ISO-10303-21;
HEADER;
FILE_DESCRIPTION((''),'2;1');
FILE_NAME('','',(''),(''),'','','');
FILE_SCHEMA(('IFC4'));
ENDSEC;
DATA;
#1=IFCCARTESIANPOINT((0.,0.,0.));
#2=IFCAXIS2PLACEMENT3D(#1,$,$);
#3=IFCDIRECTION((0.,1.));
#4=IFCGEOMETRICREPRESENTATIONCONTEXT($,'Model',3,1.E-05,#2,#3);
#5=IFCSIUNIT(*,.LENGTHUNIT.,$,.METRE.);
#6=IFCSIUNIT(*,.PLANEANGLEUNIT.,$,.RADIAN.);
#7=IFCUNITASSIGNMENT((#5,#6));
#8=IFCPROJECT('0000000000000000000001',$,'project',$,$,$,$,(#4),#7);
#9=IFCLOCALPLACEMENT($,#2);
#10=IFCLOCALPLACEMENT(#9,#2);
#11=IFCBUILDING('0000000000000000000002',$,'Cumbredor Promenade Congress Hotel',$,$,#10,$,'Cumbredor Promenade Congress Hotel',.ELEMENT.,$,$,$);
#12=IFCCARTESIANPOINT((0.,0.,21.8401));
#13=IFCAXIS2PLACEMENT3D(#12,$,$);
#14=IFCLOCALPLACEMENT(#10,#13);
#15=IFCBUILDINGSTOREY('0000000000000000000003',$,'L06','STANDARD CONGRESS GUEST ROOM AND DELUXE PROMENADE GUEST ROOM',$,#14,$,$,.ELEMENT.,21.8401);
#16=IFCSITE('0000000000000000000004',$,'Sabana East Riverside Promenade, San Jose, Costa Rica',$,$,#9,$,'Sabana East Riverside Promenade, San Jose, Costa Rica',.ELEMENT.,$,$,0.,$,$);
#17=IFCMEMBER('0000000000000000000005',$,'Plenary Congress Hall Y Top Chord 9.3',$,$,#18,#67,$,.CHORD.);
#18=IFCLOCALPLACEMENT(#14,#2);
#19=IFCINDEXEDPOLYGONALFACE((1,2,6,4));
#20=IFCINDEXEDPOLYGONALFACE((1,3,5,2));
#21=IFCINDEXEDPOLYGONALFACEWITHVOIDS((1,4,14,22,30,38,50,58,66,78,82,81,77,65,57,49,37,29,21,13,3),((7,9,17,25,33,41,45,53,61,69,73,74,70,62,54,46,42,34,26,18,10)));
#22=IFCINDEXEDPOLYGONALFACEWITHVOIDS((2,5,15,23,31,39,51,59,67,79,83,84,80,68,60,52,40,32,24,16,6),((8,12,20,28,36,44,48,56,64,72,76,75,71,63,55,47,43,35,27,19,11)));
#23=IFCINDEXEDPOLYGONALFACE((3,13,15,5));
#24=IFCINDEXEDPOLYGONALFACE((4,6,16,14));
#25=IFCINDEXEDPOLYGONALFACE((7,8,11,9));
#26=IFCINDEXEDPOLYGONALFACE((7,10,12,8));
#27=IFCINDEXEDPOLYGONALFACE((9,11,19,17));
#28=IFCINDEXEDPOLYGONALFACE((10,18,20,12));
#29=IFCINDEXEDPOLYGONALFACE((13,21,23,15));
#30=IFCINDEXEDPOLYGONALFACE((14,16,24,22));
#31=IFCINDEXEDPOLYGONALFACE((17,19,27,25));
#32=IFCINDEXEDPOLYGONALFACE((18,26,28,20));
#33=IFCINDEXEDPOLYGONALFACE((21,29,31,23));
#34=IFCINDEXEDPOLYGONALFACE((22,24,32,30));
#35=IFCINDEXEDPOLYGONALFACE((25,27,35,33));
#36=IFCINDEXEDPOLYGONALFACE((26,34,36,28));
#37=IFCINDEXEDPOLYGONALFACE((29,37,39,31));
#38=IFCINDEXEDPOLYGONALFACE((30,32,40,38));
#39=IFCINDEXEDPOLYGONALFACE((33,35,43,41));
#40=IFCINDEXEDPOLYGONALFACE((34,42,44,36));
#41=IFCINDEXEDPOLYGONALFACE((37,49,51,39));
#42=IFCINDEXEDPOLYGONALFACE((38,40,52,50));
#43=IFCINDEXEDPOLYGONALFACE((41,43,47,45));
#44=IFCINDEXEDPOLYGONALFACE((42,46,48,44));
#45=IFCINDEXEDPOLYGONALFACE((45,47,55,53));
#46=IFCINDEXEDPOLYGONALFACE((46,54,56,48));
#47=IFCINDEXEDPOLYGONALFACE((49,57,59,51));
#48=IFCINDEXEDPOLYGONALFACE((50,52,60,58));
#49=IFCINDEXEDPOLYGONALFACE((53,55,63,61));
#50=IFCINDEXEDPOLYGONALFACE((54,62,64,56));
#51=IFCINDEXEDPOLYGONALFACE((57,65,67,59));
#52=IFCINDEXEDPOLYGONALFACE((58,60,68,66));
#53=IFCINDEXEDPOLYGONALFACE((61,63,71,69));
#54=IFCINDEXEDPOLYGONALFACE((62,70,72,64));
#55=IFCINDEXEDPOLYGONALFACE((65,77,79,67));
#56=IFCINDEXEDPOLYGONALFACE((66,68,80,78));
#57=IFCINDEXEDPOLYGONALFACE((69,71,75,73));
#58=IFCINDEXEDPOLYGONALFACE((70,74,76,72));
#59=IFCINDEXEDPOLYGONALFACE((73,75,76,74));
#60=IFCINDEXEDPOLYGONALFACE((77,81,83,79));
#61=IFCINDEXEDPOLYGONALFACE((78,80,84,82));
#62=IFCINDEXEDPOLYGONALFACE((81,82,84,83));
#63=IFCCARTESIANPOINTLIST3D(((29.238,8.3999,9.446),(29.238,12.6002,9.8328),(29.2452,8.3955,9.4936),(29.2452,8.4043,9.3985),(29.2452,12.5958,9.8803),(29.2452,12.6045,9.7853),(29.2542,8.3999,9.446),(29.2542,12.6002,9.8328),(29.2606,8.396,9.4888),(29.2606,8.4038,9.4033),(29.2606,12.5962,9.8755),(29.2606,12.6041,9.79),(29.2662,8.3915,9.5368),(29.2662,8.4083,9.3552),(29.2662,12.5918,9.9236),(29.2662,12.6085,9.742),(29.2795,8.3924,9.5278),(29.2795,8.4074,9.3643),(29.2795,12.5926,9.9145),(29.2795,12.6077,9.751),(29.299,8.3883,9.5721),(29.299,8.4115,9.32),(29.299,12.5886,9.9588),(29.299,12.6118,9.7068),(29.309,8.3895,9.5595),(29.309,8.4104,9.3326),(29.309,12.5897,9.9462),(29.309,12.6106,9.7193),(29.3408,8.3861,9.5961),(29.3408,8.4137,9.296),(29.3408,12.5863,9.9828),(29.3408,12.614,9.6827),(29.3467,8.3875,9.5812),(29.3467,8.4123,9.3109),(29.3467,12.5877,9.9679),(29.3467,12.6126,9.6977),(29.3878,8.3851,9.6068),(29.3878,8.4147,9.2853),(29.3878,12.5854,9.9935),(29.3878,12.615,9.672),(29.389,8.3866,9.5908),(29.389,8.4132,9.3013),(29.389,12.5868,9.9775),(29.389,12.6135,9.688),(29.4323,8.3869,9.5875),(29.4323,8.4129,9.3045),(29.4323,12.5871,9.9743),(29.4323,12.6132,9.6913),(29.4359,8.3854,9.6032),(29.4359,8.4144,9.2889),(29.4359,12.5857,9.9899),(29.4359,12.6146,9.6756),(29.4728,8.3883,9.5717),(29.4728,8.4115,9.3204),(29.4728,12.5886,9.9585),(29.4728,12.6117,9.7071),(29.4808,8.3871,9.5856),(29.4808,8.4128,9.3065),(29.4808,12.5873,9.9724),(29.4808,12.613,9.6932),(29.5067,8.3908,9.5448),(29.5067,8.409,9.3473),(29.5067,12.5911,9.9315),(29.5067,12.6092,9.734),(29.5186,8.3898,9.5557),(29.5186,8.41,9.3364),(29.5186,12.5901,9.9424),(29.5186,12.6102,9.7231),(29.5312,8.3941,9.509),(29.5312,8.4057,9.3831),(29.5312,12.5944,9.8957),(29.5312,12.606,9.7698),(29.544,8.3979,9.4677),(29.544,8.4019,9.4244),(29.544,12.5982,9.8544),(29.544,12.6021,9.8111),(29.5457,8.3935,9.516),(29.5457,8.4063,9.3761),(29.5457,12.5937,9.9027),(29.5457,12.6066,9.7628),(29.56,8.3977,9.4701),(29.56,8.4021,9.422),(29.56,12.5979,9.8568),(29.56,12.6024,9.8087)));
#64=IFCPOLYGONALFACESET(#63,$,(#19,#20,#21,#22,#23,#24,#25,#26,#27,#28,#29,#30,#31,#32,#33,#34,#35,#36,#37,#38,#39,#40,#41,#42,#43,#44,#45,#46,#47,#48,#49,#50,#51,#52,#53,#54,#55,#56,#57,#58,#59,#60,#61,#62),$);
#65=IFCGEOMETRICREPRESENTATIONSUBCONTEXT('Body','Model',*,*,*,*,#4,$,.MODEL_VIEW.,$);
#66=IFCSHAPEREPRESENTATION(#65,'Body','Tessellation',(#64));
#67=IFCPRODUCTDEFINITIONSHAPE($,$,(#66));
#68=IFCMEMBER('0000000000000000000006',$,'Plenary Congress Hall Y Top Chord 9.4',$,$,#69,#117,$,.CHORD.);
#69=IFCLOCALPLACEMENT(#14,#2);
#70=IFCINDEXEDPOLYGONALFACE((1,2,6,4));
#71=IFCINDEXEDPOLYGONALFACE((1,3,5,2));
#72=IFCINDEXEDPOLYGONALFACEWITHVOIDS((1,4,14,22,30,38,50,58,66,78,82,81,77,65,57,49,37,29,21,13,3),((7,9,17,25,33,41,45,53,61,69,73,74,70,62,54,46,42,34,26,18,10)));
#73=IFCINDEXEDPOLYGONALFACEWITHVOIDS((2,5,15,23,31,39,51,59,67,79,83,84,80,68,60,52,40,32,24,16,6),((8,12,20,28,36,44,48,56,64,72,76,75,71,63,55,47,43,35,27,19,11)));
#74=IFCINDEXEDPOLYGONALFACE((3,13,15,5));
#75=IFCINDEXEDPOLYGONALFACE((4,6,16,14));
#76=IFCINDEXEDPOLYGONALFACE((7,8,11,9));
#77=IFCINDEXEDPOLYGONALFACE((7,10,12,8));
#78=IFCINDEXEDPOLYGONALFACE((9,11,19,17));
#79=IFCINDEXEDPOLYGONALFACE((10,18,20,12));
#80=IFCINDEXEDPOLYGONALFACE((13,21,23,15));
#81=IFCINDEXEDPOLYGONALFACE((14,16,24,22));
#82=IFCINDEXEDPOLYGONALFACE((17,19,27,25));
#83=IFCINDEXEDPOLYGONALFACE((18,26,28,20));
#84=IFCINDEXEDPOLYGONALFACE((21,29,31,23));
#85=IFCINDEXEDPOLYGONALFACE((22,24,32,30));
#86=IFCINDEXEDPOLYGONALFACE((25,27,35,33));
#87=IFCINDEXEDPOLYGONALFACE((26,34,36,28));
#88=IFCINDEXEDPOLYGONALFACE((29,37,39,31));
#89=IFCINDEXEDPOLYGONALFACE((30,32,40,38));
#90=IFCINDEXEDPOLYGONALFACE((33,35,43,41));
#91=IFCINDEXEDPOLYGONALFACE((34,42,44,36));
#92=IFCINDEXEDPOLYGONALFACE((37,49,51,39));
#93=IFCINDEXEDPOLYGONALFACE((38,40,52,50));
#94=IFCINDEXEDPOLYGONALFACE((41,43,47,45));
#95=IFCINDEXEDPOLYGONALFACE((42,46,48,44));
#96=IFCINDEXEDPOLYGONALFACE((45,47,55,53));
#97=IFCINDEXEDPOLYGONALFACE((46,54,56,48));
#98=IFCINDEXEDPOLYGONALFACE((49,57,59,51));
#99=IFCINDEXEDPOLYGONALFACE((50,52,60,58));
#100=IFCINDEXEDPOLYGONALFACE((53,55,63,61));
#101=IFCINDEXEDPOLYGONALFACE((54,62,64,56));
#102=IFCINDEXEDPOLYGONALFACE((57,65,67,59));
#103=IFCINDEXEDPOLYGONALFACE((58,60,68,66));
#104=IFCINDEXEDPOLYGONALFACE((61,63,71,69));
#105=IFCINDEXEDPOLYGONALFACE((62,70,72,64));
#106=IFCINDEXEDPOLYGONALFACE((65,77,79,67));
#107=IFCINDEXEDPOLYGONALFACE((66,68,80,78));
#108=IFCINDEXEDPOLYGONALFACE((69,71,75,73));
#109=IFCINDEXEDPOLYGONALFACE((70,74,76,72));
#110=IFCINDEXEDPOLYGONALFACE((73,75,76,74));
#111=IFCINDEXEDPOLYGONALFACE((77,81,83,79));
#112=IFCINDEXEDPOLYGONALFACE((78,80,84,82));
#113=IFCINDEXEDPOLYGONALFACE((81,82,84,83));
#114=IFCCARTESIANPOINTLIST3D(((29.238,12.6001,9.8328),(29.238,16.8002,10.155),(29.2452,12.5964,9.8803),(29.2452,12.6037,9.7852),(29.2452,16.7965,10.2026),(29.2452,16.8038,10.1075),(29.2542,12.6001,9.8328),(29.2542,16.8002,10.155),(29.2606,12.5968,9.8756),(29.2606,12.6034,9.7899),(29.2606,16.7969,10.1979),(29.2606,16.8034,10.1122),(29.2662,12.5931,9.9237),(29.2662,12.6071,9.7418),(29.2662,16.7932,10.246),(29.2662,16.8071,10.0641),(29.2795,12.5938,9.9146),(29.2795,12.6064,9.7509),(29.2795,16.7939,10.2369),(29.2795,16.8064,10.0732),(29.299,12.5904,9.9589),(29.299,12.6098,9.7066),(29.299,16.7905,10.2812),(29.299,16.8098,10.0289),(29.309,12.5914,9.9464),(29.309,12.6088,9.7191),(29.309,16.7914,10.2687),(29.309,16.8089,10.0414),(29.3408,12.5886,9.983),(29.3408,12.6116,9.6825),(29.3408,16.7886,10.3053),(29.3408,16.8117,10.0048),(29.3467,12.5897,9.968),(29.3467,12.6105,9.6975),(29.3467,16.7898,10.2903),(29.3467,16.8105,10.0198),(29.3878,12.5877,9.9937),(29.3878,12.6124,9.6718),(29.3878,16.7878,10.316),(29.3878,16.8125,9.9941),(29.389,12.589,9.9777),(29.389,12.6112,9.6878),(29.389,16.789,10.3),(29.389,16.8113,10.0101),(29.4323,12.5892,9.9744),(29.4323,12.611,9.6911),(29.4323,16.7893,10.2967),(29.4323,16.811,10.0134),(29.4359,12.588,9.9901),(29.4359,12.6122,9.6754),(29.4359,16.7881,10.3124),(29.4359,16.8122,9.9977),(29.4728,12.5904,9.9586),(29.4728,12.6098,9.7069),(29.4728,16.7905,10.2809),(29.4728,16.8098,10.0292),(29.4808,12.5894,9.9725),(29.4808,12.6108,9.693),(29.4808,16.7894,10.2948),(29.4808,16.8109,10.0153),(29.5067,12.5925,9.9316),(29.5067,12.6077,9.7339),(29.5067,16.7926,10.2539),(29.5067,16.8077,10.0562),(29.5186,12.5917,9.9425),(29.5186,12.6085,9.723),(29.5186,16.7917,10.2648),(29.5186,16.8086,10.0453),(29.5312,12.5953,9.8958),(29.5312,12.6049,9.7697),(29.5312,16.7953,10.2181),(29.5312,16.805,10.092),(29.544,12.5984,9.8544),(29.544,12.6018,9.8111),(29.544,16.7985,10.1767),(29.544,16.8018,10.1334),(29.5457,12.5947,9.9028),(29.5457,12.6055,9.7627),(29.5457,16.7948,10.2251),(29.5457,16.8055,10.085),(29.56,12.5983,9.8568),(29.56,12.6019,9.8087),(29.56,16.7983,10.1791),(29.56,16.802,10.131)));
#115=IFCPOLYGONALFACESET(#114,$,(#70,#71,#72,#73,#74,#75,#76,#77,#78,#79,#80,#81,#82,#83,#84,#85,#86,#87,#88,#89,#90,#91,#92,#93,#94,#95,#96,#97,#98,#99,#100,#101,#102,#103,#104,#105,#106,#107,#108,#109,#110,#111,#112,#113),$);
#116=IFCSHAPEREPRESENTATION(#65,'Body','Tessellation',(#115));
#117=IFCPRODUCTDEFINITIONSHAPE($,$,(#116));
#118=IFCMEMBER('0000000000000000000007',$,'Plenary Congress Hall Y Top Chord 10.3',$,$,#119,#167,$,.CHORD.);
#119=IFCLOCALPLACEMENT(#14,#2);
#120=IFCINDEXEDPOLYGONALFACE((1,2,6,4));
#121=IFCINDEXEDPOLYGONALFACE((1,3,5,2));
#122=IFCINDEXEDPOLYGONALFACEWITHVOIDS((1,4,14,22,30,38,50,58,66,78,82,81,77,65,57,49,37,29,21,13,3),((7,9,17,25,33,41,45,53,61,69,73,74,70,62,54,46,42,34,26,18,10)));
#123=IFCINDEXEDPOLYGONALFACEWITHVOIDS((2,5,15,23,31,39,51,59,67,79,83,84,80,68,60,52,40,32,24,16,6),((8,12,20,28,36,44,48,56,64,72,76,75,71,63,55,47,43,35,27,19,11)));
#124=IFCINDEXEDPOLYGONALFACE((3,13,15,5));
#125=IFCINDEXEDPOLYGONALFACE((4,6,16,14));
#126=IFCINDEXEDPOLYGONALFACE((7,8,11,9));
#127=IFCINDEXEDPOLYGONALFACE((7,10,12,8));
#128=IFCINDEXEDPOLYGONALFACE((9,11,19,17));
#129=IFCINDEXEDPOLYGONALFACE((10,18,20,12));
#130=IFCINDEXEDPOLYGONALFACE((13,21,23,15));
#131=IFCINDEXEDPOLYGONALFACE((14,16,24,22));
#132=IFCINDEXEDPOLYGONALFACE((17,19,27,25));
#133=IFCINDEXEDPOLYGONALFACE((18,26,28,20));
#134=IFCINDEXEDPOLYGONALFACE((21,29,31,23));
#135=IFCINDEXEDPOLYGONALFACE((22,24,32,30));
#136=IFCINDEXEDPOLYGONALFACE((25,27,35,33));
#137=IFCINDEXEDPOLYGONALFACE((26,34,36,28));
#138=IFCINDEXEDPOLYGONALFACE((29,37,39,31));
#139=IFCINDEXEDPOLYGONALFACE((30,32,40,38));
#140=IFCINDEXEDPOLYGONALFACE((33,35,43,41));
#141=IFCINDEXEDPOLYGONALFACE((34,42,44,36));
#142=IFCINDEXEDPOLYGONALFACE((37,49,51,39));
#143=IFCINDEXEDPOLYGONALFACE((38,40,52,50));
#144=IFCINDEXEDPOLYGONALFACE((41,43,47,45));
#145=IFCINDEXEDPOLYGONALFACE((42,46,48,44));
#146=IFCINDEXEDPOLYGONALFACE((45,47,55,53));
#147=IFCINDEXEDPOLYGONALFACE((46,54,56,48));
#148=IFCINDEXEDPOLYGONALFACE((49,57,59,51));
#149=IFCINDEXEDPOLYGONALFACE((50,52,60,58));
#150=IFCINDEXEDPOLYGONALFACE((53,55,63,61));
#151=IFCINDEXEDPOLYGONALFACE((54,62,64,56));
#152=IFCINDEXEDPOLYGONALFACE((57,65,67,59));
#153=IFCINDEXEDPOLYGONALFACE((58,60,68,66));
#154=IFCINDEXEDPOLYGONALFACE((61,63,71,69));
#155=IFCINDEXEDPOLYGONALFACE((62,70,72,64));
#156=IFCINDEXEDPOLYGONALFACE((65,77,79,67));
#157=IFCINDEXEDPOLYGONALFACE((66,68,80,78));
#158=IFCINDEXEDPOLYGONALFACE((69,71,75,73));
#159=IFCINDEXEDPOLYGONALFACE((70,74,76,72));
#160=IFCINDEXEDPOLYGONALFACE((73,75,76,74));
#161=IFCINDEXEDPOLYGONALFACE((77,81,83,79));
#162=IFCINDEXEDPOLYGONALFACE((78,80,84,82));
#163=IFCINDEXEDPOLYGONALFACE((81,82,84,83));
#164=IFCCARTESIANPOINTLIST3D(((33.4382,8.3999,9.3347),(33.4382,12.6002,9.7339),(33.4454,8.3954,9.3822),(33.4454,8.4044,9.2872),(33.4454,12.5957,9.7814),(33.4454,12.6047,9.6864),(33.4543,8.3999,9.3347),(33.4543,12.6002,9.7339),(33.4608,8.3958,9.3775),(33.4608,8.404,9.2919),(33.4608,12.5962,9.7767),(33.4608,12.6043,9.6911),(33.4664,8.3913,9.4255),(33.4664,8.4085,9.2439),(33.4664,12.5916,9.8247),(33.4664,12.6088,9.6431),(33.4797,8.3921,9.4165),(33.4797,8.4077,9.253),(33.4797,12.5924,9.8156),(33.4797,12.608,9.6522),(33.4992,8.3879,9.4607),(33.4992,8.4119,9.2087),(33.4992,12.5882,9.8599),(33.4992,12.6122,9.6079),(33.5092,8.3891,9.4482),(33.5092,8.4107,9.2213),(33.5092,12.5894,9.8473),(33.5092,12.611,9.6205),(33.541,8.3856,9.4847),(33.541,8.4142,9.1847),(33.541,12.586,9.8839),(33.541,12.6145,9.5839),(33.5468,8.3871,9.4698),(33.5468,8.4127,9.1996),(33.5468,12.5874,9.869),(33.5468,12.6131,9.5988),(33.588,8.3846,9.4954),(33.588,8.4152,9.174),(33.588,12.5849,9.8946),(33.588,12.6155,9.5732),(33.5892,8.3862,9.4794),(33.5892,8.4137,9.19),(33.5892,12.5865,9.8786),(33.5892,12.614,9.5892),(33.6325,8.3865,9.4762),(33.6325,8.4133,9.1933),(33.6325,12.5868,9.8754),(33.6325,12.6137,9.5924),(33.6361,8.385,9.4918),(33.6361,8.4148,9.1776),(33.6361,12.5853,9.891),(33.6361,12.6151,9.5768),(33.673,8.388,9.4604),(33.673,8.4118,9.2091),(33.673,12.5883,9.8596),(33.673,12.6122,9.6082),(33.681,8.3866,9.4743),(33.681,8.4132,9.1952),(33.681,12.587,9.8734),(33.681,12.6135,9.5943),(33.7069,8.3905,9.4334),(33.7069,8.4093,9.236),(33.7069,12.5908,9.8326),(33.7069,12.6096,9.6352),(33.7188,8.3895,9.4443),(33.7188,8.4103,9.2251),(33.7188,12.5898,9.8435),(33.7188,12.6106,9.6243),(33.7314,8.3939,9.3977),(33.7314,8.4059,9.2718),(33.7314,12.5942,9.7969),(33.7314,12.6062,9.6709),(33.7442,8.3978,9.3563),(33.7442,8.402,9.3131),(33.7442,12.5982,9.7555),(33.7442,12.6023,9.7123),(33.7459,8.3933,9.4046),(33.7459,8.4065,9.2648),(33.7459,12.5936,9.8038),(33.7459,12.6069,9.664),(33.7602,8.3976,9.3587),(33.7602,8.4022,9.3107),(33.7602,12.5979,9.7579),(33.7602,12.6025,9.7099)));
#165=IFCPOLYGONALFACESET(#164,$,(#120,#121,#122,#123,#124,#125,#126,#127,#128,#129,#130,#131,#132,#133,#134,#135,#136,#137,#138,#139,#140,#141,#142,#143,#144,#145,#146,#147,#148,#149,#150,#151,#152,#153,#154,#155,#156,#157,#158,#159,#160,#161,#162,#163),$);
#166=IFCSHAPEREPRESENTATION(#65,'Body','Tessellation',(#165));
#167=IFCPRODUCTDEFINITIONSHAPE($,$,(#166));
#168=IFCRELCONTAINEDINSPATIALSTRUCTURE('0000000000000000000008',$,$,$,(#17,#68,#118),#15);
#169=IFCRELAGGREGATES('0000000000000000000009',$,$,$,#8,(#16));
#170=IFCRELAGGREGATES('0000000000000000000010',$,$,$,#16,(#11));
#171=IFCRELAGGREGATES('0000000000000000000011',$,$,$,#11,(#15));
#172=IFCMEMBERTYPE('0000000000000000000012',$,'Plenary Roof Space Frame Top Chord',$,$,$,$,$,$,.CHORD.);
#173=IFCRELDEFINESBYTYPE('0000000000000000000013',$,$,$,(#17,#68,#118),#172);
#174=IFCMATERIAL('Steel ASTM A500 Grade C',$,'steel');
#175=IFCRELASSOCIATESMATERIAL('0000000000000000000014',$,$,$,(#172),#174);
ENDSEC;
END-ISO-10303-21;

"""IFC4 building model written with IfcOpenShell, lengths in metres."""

from ifc_helpers import new_model, si_unit, direction, frame, origin, origin_2d, place, context, subcontext, project, spatial, hollow_circle, extrude, material, material_profile, profile_set, type_object, element, save


model = new_model("IFC4")

# Units and contexts
model_context = context("Model", 3, precision=1e-05, world=origin(), true_north=direction((0.0, 1.0)))
body_context = subcontext(model_context, "Body", "Model", "MODEL_VIEW")
ifc_project = project(units=[si_unit("LENGTHUNIT", "METRE"), si_unit("PLANEANGLEUNIT", "RADIAN")], contexts=[model_context])

# Site, building, storey
site_placement = place(None, origin())
site = spatial("IfcSite", under=ifc_project, at=site_placement, Name="Sabana East Riverside Promenade, San Jose, Costa Rica", LongName="Sabana East Riverside Promenade, San Jose, Costa Rica", CompositionType="ELEMENT", RefElevation=0.0)
building_placement = place(site_placement, origin())
building = spatial("IfcBuilding", under=site, at=building_placement, Name="Cumbredor Promenade Congress Hotel", LongName="Cumbredor Promenade Congress Hotel", CompositionType="ELEMENT")
storey_placement = place(building_placement, frame((0.0, 0.0, 21.8401)))
storey = spatial("IfcBuildingStorey", under=building, at=storey_placement, Name="L06", Description="STANDARD CONGRESS GUEST ROOM AND DELUXE PROMENADE GUEST ROOM", CompositionType="ELEMENT", Elevation=21.8401)

# Members
ifc_material_1 = material(Name="Steel ASTM A500 Grade C", Category="steel")
ifc_material_profile_1 = material_profile(ifc_material_1, hollow_circle(Radius=0.1619, WallThickness=0.0161, at=origin_2d()), Name="CHS 323.9x16")
ifc_profile_set_1 = profile_set([ifc_material_profile_1], Name="Steel ASTM A500 Grade C")
member_type_1 = type_object("IfcMemberType", Name="Plenary Roof Space Frame Top Chord", PredefinedType="CHORD", material=ifc_profile_set_1)
member_1_placement = place(storey_placement, frame((29.3999, 8.3999, 9.446), z_axis=(0.0, 0.995788, 0.091684), x_axis=(-1.0, 0.0, 0.0)))
element("IfcMember", 1, at=member_1_placement, inside=storey, type_object=member_type_1, Name="Plenary Congress Hall Y Top Chord 9.3", PredefinedType="CHORD", context=body_context, shape_type="SweptSolid", body=[
    extrude(hollow_circle(Radius=0.1619, WallThickness=0.0161, at=origin_2d()), origin(), (0.0, 0.0, 1.0), 4.218),
])
member_2_placement = place(storey_placement, frame((29.3999, 12.6001, 9.8328), z_axis=(0.0, 0.997069, 0.076506), x_axis=(-1.0, 0.0, 0.0)))
element("IfcMember", 2, at=member_2_placement, inside=storey, type_object=member_type_1, Name="Plenary Congress Hall Y Top Chord 9.4", PredefinedType="CHORD", context=body_context, shape_type="SweptSolid", body=[
    extrude(hollow_circle(Radius=0.1619, WallThickness=0.0161, at=origin_2d()), origin(), (0.0, 0.0, 1.0), 4.2124),
])
member_3_placement = place(storey_placement, frame((33.6001, 8.3999, 9.3347), z_axis=(0.0, 0.995514, 0.09461), x_axis=(-1.0, 0.0, 0.0)))
element("IfcMember", 3, at=member_3_placement, inside=storey, type_object=member_type_1, Name="Plenary Congress Hall Y Top Chord 10.3", PredefinedType="CHORD", context=body_context, shape_type="SweptSolid", body=[
    extrude(hollow_circle(Radius=0.1619, WallThickness=0.0161, at=origin_2d()), origin(), (0.0, 0.0, 1.0), 4.2192),
])

save(model, "model.ifc")
